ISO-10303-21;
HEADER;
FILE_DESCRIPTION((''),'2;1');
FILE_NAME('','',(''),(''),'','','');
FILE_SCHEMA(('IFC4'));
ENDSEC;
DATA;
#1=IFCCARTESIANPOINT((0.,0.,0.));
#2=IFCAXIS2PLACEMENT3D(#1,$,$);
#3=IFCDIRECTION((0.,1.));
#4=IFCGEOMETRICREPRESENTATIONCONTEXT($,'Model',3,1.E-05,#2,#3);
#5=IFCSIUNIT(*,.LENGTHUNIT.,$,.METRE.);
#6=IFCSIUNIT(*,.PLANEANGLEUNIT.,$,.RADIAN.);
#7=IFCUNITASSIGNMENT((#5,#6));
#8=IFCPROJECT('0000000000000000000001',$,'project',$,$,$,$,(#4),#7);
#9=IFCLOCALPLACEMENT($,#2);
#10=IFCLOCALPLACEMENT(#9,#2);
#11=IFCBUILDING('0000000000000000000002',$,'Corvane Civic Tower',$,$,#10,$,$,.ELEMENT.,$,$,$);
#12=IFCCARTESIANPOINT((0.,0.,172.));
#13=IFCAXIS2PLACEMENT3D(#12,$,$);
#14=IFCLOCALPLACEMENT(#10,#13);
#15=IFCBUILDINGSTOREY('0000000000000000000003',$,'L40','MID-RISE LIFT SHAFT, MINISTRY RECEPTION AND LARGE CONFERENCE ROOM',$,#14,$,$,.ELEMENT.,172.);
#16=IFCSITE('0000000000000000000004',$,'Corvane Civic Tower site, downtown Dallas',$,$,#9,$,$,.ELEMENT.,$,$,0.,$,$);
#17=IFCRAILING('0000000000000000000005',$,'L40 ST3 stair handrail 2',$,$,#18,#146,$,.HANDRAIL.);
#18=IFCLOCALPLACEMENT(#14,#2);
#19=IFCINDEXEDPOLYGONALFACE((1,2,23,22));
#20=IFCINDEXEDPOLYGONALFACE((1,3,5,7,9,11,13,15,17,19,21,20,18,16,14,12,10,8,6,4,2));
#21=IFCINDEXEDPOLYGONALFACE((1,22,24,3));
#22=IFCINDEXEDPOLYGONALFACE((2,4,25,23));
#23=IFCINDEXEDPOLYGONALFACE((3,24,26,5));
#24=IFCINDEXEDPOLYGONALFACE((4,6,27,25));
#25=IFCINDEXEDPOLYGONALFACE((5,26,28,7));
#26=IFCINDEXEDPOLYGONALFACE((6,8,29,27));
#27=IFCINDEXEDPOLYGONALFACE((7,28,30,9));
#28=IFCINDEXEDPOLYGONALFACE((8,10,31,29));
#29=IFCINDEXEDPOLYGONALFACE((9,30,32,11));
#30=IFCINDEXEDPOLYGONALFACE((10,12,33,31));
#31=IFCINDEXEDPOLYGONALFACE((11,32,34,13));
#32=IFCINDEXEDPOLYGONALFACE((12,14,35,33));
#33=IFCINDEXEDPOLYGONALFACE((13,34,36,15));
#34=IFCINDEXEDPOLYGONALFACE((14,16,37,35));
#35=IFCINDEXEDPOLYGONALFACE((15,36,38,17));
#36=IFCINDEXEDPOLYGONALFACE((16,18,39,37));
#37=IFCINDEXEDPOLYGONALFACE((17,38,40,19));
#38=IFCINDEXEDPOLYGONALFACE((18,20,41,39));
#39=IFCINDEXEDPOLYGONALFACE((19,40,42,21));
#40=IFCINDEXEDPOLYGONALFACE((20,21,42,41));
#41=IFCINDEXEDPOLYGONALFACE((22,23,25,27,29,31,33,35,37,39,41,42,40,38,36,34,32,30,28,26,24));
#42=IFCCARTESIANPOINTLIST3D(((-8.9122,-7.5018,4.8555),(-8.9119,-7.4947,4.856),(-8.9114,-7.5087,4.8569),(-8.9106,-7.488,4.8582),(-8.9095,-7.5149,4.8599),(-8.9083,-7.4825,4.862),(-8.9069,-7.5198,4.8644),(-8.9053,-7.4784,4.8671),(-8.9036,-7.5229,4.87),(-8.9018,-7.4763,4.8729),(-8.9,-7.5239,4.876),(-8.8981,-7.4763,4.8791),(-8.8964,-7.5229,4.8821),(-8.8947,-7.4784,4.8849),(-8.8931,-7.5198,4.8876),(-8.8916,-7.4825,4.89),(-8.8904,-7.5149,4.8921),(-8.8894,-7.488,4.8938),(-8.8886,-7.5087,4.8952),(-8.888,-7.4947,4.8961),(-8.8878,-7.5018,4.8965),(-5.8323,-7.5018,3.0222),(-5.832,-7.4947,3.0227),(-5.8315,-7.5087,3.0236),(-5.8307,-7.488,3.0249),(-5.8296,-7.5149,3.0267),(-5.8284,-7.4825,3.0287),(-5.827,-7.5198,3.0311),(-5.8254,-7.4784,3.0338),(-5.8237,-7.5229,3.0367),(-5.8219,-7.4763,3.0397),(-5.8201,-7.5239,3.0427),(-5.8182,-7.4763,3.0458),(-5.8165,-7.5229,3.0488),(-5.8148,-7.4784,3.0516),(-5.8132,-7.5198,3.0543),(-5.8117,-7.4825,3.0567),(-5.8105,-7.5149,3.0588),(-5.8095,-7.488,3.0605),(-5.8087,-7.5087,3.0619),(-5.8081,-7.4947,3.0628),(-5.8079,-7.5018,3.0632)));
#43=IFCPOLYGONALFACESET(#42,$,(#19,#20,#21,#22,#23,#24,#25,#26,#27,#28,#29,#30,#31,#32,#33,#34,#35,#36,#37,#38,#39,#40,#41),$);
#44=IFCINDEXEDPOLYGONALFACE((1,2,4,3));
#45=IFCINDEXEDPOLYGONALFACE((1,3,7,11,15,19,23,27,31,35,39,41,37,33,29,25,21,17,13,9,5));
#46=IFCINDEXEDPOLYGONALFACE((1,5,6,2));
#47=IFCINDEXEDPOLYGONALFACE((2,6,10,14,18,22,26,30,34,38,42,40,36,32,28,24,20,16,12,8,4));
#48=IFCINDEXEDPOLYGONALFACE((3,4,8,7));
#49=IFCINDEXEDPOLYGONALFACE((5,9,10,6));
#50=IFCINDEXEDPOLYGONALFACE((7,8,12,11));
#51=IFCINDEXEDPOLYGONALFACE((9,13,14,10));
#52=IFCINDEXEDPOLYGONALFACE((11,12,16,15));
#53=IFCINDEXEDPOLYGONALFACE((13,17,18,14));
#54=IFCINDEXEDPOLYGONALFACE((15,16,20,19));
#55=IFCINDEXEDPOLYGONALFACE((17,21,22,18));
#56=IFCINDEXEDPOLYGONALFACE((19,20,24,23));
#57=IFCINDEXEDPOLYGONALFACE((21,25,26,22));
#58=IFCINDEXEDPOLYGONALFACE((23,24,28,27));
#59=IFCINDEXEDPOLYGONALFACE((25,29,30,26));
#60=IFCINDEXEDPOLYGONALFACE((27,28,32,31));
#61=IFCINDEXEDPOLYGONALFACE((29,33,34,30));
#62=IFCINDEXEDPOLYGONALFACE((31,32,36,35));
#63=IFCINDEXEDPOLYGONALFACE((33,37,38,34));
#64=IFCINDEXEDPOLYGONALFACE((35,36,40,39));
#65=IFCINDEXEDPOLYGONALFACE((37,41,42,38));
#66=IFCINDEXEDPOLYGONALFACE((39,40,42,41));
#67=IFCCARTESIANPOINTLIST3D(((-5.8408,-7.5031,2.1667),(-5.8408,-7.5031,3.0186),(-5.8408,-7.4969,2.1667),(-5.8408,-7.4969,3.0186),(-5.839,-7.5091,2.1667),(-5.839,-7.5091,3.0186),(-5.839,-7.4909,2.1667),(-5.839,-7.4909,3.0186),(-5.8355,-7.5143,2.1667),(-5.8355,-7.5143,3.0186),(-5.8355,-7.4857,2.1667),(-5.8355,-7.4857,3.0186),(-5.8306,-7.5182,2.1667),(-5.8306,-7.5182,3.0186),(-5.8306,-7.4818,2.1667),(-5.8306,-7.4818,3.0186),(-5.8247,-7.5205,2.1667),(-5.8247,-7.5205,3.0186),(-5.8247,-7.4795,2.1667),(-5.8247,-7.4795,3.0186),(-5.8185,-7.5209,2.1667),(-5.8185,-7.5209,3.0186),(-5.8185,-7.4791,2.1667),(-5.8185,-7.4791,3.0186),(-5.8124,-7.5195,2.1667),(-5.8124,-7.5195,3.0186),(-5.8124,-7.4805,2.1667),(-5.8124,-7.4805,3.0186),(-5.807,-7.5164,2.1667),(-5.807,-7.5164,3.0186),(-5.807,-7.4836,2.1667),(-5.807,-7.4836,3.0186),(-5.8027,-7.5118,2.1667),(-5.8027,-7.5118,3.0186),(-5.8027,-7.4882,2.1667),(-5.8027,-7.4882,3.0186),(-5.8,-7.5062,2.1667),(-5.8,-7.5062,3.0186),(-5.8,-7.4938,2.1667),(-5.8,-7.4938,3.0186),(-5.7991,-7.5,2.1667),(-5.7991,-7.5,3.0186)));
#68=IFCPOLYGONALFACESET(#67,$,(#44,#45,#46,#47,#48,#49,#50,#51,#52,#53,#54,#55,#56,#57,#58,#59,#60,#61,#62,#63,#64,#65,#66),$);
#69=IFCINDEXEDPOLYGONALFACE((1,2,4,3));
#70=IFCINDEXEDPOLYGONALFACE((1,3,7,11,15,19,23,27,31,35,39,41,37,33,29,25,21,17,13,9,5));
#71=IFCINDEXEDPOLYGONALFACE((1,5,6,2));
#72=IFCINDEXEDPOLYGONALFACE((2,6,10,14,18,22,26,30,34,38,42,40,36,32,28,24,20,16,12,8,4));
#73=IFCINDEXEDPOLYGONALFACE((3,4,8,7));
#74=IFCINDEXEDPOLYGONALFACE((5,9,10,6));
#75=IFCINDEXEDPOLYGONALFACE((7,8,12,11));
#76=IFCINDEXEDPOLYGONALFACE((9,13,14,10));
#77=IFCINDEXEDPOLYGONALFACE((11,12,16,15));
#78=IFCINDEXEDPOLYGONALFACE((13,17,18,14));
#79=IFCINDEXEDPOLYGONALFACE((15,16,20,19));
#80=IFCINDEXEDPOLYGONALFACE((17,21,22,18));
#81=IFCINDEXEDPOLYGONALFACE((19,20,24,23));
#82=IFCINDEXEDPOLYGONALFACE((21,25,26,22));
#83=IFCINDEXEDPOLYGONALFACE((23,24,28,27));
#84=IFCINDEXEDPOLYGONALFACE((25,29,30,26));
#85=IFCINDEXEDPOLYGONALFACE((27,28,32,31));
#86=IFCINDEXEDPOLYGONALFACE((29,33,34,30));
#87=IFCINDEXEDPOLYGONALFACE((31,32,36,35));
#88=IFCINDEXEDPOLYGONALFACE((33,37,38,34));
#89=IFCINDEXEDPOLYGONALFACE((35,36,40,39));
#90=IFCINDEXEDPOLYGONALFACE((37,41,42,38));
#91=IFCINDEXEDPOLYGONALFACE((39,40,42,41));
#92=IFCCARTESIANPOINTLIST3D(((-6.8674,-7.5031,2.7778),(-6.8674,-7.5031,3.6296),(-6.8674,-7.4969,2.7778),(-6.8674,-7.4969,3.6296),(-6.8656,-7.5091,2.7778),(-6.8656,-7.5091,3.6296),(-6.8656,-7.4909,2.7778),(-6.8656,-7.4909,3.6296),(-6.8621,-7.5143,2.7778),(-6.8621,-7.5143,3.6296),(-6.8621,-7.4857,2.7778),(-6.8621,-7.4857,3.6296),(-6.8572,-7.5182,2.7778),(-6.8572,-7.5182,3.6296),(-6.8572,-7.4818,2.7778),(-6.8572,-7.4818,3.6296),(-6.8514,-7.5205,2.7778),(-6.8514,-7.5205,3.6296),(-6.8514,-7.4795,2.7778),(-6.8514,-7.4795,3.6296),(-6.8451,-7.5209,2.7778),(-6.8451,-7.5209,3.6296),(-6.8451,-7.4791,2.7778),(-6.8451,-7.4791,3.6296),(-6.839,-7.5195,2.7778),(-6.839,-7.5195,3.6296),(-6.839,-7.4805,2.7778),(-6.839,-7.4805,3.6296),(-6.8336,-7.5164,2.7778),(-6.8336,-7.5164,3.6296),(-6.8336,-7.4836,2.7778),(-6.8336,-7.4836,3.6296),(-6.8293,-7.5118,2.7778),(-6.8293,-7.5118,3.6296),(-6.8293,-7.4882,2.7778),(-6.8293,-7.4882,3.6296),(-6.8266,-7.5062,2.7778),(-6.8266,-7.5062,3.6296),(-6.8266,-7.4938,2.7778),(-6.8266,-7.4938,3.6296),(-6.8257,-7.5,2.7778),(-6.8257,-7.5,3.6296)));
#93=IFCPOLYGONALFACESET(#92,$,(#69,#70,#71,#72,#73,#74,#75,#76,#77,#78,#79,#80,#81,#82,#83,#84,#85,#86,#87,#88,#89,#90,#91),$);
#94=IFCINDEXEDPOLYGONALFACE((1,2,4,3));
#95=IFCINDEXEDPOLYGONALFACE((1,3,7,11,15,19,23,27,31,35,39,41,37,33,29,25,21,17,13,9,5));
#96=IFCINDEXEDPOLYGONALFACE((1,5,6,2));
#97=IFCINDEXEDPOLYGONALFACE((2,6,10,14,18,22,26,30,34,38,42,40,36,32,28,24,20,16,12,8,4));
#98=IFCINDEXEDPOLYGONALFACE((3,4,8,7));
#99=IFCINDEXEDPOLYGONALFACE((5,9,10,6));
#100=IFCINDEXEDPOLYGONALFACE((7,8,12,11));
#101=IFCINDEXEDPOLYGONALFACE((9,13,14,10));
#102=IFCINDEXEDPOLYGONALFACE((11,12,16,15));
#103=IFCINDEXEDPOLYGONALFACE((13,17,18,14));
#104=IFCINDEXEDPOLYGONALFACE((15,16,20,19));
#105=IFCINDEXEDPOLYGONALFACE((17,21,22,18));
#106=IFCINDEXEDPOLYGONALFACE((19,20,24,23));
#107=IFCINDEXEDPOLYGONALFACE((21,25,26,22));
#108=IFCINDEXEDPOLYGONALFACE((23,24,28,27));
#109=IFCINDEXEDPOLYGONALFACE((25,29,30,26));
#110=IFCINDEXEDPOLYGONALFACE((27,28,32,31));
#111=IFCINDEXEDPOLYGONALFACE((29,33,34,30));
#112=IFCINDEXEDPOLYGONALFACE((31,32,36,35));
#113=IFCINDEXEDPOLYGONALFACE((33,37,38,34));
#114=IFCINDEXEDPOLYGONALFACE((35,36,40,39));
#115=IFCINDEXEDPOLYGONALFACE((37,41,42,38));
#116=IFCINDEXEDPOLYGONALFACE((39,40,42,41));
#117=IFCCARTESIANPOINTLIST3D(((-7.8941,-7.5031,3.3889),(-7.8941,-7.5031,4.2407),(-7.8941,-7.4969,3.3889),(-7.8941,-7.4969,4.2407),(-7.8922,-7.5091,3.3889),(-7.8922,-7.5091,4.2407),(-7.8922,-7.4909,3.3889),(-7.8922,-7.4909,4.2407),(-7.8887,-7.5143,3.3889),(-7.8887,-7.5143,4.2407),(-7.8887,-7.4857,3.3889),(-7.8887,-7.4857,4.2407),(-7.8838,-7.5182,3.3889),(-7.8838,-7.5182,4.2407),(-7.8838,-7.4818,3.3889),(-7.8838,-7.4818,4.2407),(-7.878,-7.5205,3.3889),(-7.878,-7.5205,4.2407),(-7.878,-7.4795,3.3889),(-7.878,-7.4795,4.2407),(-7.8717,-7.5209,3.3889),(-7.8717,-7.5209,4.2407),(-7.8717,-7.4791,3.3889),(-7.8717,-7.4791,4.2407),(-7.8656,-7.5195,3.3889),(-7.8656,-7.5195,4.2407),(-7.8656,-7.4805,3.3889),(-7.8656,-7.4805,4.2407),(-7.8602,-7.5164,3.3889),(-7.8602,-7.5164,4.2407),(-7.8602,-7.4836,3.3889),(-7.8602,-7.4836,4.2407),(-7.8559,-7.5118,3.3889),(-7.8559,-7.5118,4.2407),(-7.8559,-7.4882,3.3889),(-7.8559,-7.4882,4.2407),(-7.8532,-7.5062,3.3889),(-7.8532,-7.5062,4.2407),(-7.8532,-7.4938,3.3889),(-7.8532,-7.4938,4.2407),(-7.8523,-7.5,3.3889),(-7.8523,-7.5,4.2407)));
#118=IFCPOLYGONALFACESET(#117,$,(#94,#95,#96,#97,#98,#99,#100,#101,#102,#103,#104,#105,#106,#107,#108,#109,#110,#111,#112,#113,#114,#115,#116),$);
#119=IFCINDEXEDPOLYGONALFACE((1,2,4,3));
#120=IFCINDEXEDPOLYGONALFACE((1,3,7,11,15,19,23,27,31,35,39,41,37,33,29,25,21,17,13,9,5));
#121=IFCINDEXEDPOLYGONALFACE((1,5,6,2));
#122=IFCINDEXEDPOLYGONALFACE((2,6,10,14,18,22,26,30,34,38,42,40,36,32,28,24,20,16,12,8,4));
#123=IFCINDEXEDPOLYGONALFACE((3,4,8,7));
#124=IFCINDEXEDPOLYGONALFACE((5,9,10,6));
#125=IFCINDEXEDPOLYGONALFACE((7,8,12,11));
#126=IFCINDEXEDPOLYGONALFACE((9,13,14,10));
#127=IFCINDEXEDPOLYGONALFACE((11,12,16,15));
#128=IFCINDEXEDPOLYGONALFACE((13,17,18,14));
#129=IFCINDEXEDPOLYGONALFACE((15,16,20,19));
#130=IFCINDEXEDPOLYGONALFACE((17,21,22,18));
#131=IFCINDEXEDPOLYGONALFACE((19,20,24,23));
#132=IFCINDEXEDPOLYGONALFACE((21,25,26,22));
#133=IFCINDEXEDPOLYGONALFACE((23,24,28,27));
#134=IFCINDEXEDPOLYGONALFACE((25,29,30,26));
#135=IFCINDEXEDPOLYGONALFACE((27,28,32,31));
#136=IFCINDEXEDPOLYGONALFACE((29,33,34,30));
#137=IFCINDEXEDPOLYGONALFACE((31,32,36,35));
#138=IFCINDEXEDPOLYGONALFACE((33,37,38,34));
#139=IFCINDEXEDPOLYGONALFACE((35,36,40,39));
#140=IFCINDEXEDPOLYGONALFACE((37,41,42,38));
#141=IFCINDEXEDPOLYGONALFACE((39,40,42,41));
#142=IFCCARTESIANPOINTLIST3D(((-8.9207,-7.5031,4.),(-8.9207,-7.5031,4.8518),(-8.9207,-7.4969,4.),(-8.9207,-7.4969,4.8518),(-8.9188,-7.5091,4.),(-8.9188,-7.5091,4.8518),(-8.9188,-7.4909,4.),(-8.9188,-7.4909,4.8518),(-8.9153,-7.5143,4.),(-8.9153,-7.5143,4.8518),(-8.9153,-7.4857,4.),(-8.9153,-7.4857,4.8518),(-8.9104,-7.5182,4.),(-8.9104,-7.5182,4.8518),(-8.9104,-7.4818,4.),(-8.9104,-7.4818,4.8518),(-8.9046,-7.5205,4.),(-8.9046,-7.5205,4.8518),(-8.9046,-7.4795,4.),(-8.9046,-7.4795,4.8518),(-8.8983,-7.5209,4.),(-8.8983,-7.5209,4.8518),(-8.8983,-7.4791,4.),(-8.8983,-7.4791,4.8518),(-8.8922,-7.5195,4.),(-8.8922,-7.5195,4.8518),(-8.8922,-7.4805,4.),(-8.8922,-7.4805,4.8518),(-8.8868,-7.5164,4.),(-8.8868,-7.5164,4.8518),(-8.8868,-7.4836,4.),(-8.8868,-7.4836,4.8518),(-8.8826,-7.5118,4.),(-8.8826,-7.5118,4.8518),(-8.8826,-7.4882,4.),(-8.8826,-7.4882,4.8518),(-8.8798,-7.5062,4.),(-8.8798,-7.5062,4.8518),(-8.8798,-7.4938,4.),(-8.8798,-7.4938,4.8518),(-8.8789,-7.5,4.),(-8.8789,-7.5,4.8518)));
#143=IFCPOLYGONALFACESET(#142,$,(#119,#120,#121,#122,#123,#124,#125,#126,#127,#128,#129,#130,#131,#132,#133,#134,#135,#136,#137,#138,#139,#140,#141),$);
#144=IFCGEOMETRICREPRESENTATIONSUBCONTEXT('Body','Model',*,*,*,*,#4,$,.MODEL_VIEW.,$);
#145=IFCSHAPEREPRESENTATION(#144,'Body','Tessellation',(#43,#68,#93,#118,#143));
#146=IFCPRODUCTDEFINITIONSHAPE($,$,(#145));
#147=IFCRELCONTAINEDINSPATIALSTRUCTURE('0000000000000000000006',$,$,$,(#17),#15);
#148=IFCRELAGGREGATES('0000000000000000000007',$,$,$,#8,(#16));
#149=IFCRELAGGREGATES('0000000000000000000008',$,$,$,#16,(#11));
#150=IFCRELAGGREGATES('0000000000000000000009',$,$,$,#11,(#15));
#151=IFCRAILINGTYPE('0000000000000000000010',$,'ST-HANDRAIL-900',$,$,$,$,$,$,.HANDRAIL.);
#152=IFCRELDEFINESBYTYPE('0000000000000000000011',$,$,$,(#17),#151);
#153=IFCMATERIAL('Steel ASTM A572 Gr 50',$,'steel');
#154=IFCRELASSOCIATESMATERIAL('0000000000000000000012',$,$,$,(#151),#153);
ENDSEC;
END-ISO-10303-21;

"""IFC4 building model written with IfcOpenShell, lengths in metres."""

from ifc_helpers import new_model, si_unit, direction, frame, origin, origin_2d, place, context, subcontext, project, spatial, circle, extrude, material, type_object, element, save


model = new_model("IFC4")

# Units and contexts
model_context = context("Model", 3, precision=1e-05, world=origin(), true_north=direction((0.0, 1.0)))
body_context = subcontext(model_context, "Body", "Model", "MODEL_VIEW")
ifc_project = project(units=[si_unit("LENGTHUNIT", "METRE"), si_unit("PLANEANGLEUNIT", "RADIAN")], contexts=[model_context])

# Site, building, storey
site_placement = place(None, origin())
site = spatial("IfcSite", under=ifc_project, at=site_placement, Name="Corvane Civic Tower site, downtown Dallas", CompositionType="ELEMENT", RefElevation=0.0)
building_placement = place(site_placement, origin())
building = spatial("IfcBuilding", under=site, at=building_placement, Name="Corvane Civic Tower", CompositionType="ELEMENT")
storey_placement = place(building_placement, frame((0.0, 0.0, 172.0)))
storey = spatial("IfcBuildingStorey", under=building, at=storey_placement, Name="L40", Description="MID-RISE LIFT SHAFT, MINISTRY RECEPTION AND LARGE CONFERENCE ROOM", CompositionType="ELEMENT", Elevation=172.0)

# Railing
ifc_material_1 = material(Name="Steel ASTM A572 Gr 50", Category="steel")
railing_type = type_object("IfcRailingType", Name="ST-HANDRAIL-900", PredefinedType="HANDRAIL", material=ifc_material_1)
railing_1_placement = place(storey_placement, frame((-5.8201, -7.5, 2.1667)))
element("IfcRailing", 1, at=railing_1_placement, inside=storey, type_object=railing_type, Name="L40 ST3 stair handrail 2", PredefinedType="HANDRAIL", context=body_context, shape_type="SweptSolid", body=[
    extrude(circle(Radius=0.0239, at=origin_2d()), frame((0.0, 0.0, 0.876), z_axis=(-0.859291, 0.0, 0.511487), x_axis=(0.0, -1.0, 0.0)), (0.0, 0.0, 1.0), 3.5842),
    extrude(circle(Radius=0.021, at=origin_2d()), origin(), (0.0, 0.0, 1.0), 0.8518),
    extrude(circle(Radius=0.021, at=origin_2d()), frame((-1.0266, 0.0, 0.6111)), (0.0, 0.0, 1.0), 0.8518),
    extrude(circle(Radius=0.021, at=origin_2d()), frame((-2.0532, 0.0, 1.2222)), (0.0, 0.0, 1.0), 0.8518),
    extrude(circle(Radius=0.021, at=origin_2d()), frame((-3.0798, 0.0, 1.8333)), (0.0, 0.0, 1.0), 0.8518),
])

save(model, "model.ifc")
